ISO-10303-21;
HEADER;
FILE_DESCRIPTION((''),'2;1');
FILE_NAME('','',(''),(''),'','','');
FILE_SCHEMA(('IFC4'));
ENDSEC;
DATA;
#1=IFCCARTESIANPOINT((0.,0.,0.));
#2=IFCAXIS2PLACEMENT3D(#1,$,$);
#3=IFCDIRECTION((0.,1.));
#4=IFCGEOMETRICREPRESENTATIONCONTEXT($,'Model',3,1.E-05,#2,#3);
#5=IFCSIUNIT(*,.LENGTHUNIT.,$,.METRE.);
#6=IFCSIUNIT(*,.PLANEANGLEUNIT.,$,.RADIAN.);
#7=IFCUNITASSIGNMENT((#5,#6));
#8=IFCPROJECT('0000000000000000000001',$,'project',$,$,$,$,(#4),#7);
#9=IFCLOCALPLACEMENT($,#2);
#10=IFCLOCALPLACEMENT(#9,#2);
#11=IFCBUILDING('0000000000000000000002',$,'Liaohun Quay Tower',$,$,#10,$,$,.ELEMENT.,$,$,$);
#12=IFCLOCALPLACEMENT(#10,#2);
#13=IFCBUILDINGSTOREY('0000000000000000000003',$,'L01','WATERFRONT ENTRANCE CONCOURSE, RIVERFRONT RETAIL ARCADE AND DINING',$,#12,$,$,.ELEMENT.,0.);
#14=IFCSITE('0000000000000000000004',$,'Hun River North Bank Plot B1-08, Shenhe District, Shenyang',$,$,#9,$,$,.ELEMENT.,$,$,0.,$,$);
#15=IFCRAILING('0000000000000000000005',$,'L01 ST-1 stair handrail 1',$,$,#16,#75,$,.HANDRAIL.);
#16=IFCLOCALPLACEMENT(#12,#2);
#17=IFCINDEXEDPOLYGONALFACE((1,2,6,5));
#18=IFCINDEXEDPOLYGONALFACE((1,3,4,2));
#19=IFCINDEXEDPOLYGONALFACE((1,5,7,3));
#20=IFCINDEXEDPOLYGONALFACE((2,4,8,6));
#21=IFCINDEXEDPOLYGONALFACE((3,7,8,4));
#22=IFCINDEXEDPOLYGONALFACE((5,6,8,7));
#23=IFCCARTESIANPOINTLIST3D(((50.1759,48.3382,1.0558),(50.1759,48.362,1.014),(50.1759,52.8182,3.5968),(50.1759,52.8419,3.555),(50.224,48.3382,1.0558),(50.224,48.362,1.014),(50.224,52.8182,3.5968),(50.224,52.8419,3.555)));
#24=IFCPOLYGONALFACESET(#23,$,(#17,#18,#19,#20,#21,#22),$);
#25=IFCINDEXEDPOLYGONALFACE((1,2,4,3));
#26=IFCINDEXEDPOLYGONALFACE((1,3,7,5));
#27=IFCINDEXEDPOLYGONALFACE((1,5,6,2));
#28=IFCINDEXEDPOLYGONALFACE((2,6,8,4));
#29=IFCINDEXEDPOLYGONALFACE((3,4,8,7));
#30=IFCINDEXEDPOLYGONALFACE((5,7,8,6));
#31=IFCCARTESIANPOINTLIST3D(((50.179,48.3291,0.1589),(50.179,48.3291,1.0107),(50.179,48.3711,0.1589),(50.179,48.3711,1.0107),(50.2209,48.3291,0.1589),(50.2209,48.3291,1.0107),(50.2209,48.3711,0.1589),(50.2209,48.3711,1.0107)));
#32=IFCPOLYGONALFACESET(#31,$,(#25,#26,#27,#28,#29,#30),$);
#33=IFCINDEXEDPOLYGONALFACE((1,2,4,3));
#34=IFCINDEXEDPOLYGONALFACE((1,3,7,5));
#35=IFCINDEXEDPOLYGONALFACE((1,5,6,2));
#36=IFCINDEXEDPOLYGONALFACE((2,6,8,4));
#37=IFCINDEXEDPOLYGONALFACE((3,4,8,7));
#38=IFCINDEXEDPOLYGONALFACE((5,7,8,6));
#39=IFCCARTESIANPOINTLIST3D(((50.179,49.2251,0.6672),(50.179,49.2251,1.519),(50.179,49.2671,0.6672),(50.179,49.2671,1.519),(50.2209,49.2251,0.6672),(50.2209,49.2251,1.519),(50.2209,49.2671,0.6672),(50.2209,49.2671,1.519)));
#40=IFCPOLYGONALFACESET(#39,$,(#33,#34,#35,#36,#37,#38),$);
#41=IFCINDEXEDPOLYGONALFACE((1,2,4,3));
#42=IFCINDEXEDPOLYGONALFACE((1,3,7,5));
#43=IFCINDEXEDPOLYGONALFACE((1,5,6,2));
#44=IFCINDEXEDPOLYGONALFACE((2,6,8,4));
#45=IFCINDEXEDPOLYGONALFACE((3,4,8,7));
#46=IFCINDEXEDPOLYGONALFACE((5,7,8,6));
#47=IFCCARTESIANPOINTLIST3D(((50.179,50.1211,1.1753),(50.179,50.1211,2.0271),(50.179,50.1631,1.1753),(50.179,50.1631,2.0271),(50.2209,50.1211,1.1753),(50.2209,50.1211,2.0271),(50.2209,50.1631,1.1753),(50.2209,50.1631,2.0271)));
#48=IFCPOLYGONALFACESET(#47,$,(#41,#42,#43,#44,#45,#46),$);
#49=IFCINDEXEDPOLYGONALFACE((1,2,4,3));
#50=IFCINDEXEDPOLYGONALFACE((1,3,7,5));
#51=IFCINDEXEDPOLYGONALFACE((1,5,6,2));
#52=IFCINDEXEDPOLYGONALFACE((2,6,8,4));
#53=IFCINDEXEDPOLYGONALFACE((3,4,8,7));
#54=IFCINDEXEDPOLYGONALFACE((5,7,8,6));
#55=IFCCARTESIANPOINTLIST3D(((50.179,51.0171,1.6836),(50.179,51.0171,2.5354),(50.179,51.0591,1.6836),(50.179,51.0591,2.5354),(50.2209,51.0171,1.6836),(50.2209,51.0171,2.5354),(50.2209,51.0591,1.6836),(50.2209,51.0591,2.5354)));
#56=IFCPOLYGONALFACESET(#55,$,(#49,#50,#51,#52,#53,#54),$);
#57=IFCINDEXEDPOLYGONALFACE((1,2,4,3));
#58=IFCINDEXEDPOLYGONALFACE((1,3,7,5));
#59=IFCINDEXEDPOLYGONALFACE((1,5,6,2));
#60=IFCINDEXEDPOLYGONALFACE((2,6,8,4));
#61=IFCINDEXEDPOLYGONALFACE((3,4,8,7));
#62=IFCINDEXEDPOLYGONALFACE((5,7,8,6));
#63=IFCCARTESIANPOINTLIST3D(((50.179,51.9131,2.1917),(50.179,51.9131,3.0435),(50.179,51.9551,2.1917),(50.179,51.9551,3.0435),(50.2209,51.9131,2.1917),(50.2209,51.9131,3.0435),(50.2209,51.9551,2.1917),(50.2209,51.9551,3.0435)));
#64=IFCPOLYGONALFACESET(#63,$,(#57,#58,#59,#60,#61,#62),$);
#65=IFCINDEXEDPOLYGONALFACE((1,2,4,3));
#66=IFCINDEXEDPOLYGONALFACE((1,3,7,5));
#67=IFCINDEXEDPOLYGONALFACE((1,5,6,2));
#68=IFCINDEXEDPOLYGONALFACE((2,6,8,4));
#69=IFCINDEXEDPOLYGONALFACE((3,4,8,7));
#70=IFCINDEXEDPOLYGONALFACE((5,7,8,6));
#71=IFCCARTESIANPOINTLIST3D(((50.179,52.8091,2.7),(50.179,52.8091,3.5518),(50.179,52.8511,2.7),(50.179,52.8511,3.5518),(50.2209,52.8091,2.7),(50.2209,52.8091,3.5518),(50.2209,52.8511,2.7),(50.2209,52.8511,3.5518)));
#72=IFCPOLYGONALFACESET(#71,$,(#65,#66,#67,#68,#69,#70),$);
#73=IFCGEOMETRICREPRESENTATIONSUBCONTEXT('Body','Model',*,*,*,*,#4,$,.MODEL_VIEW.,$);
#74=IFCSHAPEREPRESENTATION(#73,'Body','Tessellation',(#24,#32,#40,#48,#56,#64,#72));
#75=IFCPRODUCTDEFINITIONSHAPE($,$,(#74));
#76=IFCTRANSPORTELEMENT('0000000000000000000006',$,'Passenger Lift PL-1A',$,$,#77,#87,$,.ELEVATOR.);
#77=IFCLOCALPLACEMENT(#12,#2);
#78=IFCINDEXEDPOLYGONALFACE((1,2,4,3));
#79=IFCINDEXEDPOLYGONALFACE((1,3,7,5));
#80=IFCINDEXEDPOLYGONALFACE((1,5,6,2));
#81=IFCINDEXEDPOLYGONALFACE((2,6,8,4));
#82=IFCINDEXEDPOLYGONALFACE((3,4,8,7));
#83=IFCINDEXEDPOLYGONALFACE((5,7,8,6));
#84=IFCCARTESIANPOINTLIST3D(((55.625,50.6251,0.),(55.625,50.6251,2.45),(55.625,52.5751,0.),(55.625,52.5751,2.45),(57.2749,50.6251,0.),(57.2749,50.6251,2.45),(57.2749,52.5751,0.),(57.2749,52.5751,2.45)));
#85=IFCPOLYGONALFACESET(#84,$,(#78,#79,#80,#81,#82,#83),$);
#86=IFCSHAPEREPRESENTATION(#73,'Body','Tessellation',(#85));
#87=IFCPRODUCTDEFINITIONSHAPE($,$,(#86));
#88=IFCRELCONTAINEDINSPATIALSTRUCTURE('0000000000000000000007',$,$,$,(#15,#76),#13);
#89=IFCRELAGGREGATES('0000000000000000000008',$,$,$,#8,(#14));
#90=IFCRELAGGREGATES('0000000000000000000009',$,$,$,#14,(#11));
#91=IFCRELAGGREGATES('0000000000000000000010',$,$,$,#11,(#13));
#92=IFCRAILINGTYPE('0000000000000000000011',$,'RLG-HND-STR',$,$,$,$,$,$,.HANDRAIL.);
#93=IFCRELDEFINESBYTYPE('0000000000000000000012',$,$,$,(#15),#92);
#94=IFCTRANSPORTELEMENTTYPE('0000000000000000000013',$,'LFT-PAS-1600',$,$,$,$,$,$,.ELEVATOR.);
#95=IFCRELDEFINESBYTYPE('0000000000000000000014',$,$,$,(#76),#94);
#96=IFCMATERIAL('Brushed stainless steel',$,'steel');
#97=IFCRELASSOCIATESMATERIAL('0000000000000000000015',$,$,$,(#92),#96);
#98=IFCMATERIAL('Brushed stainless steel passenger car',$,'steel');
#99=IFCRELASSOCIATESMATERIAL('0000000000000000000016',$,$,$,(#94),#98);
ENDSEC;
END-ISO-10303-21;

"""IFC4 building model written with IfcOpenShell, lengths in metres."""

from ifc_helpers import new_model, si_unit, direction, frame, origin, origin_2d, place, context, subcontext, project, spatial, rectangle, extrude, source, transform, mapped, material, type_object, element, save


model = new_model("IFC4")

# Units and contexts
model_context = context("Model", 3, precision=1e-05, world=origin(), true_north=direction((0.0, 1.0)))
body_context = subcontext(model_context, "Body", "Model", "MODEL_VIEW")
ifc_project = project(units=[si_unit("LENGTHUNIT", "METRE"), si_unit("PLANEANGLEUNIT", "RADIAN")], contexts=[model_context])

# Site, building, storey
site_placement = place(None, origin())
site = spatial("IfcSite", under=ifc_project, at=site_placement, Name="Hun River North Bank Plot B1-08, Shenhe District, Shenyang", CompositionType="ELEMENT", RefElevation=0.0)
building_placement = place(site_placement, origin())
building = spatial("IfcBuilding", under=site, at=building_placement, Name="Liaohun Quay Tower", CompositionType="ELEMENT")
storey_placement = place(building_placement, origin())
storey = spatial("IfcBuildingStorey", under=building, at=storey_placement, Name="L01", Description="WATERFRONT ENTRANCE CONCOURSE, RIVERFRONT RETAIL ARCADE AND DINING", CompositionType="ELEMENT", Elevation=0.0)

# Railing
ifc_material_1 = material(Name="Brushed stainless steel", Category="steel")
railing_type = type_object("IfcRailingType", Name="RLG-HND-STR", PredefinedType="HANDRAIL", material=ifc_material_1)
railing_placement = place(storey_placement, frame((50.2, 48.3501, 0.1589)))
element("IfcRailing", 1, at=railing_placement, inside=storey, type_object=railing_type, Name="L01 ST-1 stair handrail 1", PredefinedType="HANDRAIL", context=body_context, shape_type="SweptSolid", body=[
    extrude(rectangle(XDim=0.0481, YDim=0.0481, at=origin_2d()), frame((0.0, 0.0, 0.876), z_axis=(0.0, 0.869826, 0.493359), x_axis=(-1.0, 0.0, 0.0)), (0.0, 0.0, 1.0), 5.1504),
    extrude(rectangle(XDim=0.042, YDim=0.042, at=origin_2d()), origin(), (0.0, 0.0, 1.0), 0.8518),
    extrude(rectangle(XDim=0.042, YDim=0.042, at=origin_2d()), frame((0.0, 0.896, 0.5083)), (0.0, 0.0, 1.0), 0.8518),
    extrude(rectangle(XDim=0.042, YDim=0.042, at=origin_2d()), frame((0.0, 1.792, 1.0164)), (0.0, 0.0, 1.0), 0.8518),
    extrude(rectangle(XDim=0.042, YDim=0.042, at=origin_2d()), frame((0.0, 2.688, 1.5247)), (0.0, 0.0, 1.0), 0.8518),
    extrude(rectangle(XDim=0.042, YDim=0.042, at=origin_2d()), frame((0.0, 3.584, 2.0327)), (0.0, 0.0, 1.0), 0.8518),
    extrude(rectangle(XDim=0.042, YDim=0.042, at=origin_2d()), frame((0.0, 4.48, 2.541)), (0.0, 0.0, 1.0), 0.8518),
])

# Transport element
ifc_material_2 = material(Name="Brushed stainless steel passenger car", Category="steel")
transport_element_type = type_object("IfcTransportElementType", Name="LFT-PAS-1600", PredefinedType="ELEVATOR", material=ifc_material_2)
shared_shape_1 = source(origin(), body_context, "Body", "SweptSolid", [
    extrude(rectangle(XDim=1.6499, YDim=1.95, at=origin_2d()), origin(), (0.0, 0.0, 1.0), 2.45),
])
transport_element_placement = place(storey_placement, frame((56.45, 51.6001, 0.0), z_axis=(0.0, 0.0, 1.0), x_axis=(1.0, 0.0, 0.0)))
element("IfcTransportElement", 2, at=transport_element_placement, inside=storey, type_object=transport_element_type, Name="Passenger Lift PL-1A", PredefinedType="ELEVATOR", context=body_context, shape_type="MappedRepresentation", body=[
    mapped(shared_shape_1, transform((0.0, 0.0, 0.0), x_axis=(1.0, 0.0, 0.0), y_axis=(0.0, 1.0, 0.0), z_axis=(0.0, 0.0, 1.0), scale=1.0)),
])

save(model, "model.ifc")
